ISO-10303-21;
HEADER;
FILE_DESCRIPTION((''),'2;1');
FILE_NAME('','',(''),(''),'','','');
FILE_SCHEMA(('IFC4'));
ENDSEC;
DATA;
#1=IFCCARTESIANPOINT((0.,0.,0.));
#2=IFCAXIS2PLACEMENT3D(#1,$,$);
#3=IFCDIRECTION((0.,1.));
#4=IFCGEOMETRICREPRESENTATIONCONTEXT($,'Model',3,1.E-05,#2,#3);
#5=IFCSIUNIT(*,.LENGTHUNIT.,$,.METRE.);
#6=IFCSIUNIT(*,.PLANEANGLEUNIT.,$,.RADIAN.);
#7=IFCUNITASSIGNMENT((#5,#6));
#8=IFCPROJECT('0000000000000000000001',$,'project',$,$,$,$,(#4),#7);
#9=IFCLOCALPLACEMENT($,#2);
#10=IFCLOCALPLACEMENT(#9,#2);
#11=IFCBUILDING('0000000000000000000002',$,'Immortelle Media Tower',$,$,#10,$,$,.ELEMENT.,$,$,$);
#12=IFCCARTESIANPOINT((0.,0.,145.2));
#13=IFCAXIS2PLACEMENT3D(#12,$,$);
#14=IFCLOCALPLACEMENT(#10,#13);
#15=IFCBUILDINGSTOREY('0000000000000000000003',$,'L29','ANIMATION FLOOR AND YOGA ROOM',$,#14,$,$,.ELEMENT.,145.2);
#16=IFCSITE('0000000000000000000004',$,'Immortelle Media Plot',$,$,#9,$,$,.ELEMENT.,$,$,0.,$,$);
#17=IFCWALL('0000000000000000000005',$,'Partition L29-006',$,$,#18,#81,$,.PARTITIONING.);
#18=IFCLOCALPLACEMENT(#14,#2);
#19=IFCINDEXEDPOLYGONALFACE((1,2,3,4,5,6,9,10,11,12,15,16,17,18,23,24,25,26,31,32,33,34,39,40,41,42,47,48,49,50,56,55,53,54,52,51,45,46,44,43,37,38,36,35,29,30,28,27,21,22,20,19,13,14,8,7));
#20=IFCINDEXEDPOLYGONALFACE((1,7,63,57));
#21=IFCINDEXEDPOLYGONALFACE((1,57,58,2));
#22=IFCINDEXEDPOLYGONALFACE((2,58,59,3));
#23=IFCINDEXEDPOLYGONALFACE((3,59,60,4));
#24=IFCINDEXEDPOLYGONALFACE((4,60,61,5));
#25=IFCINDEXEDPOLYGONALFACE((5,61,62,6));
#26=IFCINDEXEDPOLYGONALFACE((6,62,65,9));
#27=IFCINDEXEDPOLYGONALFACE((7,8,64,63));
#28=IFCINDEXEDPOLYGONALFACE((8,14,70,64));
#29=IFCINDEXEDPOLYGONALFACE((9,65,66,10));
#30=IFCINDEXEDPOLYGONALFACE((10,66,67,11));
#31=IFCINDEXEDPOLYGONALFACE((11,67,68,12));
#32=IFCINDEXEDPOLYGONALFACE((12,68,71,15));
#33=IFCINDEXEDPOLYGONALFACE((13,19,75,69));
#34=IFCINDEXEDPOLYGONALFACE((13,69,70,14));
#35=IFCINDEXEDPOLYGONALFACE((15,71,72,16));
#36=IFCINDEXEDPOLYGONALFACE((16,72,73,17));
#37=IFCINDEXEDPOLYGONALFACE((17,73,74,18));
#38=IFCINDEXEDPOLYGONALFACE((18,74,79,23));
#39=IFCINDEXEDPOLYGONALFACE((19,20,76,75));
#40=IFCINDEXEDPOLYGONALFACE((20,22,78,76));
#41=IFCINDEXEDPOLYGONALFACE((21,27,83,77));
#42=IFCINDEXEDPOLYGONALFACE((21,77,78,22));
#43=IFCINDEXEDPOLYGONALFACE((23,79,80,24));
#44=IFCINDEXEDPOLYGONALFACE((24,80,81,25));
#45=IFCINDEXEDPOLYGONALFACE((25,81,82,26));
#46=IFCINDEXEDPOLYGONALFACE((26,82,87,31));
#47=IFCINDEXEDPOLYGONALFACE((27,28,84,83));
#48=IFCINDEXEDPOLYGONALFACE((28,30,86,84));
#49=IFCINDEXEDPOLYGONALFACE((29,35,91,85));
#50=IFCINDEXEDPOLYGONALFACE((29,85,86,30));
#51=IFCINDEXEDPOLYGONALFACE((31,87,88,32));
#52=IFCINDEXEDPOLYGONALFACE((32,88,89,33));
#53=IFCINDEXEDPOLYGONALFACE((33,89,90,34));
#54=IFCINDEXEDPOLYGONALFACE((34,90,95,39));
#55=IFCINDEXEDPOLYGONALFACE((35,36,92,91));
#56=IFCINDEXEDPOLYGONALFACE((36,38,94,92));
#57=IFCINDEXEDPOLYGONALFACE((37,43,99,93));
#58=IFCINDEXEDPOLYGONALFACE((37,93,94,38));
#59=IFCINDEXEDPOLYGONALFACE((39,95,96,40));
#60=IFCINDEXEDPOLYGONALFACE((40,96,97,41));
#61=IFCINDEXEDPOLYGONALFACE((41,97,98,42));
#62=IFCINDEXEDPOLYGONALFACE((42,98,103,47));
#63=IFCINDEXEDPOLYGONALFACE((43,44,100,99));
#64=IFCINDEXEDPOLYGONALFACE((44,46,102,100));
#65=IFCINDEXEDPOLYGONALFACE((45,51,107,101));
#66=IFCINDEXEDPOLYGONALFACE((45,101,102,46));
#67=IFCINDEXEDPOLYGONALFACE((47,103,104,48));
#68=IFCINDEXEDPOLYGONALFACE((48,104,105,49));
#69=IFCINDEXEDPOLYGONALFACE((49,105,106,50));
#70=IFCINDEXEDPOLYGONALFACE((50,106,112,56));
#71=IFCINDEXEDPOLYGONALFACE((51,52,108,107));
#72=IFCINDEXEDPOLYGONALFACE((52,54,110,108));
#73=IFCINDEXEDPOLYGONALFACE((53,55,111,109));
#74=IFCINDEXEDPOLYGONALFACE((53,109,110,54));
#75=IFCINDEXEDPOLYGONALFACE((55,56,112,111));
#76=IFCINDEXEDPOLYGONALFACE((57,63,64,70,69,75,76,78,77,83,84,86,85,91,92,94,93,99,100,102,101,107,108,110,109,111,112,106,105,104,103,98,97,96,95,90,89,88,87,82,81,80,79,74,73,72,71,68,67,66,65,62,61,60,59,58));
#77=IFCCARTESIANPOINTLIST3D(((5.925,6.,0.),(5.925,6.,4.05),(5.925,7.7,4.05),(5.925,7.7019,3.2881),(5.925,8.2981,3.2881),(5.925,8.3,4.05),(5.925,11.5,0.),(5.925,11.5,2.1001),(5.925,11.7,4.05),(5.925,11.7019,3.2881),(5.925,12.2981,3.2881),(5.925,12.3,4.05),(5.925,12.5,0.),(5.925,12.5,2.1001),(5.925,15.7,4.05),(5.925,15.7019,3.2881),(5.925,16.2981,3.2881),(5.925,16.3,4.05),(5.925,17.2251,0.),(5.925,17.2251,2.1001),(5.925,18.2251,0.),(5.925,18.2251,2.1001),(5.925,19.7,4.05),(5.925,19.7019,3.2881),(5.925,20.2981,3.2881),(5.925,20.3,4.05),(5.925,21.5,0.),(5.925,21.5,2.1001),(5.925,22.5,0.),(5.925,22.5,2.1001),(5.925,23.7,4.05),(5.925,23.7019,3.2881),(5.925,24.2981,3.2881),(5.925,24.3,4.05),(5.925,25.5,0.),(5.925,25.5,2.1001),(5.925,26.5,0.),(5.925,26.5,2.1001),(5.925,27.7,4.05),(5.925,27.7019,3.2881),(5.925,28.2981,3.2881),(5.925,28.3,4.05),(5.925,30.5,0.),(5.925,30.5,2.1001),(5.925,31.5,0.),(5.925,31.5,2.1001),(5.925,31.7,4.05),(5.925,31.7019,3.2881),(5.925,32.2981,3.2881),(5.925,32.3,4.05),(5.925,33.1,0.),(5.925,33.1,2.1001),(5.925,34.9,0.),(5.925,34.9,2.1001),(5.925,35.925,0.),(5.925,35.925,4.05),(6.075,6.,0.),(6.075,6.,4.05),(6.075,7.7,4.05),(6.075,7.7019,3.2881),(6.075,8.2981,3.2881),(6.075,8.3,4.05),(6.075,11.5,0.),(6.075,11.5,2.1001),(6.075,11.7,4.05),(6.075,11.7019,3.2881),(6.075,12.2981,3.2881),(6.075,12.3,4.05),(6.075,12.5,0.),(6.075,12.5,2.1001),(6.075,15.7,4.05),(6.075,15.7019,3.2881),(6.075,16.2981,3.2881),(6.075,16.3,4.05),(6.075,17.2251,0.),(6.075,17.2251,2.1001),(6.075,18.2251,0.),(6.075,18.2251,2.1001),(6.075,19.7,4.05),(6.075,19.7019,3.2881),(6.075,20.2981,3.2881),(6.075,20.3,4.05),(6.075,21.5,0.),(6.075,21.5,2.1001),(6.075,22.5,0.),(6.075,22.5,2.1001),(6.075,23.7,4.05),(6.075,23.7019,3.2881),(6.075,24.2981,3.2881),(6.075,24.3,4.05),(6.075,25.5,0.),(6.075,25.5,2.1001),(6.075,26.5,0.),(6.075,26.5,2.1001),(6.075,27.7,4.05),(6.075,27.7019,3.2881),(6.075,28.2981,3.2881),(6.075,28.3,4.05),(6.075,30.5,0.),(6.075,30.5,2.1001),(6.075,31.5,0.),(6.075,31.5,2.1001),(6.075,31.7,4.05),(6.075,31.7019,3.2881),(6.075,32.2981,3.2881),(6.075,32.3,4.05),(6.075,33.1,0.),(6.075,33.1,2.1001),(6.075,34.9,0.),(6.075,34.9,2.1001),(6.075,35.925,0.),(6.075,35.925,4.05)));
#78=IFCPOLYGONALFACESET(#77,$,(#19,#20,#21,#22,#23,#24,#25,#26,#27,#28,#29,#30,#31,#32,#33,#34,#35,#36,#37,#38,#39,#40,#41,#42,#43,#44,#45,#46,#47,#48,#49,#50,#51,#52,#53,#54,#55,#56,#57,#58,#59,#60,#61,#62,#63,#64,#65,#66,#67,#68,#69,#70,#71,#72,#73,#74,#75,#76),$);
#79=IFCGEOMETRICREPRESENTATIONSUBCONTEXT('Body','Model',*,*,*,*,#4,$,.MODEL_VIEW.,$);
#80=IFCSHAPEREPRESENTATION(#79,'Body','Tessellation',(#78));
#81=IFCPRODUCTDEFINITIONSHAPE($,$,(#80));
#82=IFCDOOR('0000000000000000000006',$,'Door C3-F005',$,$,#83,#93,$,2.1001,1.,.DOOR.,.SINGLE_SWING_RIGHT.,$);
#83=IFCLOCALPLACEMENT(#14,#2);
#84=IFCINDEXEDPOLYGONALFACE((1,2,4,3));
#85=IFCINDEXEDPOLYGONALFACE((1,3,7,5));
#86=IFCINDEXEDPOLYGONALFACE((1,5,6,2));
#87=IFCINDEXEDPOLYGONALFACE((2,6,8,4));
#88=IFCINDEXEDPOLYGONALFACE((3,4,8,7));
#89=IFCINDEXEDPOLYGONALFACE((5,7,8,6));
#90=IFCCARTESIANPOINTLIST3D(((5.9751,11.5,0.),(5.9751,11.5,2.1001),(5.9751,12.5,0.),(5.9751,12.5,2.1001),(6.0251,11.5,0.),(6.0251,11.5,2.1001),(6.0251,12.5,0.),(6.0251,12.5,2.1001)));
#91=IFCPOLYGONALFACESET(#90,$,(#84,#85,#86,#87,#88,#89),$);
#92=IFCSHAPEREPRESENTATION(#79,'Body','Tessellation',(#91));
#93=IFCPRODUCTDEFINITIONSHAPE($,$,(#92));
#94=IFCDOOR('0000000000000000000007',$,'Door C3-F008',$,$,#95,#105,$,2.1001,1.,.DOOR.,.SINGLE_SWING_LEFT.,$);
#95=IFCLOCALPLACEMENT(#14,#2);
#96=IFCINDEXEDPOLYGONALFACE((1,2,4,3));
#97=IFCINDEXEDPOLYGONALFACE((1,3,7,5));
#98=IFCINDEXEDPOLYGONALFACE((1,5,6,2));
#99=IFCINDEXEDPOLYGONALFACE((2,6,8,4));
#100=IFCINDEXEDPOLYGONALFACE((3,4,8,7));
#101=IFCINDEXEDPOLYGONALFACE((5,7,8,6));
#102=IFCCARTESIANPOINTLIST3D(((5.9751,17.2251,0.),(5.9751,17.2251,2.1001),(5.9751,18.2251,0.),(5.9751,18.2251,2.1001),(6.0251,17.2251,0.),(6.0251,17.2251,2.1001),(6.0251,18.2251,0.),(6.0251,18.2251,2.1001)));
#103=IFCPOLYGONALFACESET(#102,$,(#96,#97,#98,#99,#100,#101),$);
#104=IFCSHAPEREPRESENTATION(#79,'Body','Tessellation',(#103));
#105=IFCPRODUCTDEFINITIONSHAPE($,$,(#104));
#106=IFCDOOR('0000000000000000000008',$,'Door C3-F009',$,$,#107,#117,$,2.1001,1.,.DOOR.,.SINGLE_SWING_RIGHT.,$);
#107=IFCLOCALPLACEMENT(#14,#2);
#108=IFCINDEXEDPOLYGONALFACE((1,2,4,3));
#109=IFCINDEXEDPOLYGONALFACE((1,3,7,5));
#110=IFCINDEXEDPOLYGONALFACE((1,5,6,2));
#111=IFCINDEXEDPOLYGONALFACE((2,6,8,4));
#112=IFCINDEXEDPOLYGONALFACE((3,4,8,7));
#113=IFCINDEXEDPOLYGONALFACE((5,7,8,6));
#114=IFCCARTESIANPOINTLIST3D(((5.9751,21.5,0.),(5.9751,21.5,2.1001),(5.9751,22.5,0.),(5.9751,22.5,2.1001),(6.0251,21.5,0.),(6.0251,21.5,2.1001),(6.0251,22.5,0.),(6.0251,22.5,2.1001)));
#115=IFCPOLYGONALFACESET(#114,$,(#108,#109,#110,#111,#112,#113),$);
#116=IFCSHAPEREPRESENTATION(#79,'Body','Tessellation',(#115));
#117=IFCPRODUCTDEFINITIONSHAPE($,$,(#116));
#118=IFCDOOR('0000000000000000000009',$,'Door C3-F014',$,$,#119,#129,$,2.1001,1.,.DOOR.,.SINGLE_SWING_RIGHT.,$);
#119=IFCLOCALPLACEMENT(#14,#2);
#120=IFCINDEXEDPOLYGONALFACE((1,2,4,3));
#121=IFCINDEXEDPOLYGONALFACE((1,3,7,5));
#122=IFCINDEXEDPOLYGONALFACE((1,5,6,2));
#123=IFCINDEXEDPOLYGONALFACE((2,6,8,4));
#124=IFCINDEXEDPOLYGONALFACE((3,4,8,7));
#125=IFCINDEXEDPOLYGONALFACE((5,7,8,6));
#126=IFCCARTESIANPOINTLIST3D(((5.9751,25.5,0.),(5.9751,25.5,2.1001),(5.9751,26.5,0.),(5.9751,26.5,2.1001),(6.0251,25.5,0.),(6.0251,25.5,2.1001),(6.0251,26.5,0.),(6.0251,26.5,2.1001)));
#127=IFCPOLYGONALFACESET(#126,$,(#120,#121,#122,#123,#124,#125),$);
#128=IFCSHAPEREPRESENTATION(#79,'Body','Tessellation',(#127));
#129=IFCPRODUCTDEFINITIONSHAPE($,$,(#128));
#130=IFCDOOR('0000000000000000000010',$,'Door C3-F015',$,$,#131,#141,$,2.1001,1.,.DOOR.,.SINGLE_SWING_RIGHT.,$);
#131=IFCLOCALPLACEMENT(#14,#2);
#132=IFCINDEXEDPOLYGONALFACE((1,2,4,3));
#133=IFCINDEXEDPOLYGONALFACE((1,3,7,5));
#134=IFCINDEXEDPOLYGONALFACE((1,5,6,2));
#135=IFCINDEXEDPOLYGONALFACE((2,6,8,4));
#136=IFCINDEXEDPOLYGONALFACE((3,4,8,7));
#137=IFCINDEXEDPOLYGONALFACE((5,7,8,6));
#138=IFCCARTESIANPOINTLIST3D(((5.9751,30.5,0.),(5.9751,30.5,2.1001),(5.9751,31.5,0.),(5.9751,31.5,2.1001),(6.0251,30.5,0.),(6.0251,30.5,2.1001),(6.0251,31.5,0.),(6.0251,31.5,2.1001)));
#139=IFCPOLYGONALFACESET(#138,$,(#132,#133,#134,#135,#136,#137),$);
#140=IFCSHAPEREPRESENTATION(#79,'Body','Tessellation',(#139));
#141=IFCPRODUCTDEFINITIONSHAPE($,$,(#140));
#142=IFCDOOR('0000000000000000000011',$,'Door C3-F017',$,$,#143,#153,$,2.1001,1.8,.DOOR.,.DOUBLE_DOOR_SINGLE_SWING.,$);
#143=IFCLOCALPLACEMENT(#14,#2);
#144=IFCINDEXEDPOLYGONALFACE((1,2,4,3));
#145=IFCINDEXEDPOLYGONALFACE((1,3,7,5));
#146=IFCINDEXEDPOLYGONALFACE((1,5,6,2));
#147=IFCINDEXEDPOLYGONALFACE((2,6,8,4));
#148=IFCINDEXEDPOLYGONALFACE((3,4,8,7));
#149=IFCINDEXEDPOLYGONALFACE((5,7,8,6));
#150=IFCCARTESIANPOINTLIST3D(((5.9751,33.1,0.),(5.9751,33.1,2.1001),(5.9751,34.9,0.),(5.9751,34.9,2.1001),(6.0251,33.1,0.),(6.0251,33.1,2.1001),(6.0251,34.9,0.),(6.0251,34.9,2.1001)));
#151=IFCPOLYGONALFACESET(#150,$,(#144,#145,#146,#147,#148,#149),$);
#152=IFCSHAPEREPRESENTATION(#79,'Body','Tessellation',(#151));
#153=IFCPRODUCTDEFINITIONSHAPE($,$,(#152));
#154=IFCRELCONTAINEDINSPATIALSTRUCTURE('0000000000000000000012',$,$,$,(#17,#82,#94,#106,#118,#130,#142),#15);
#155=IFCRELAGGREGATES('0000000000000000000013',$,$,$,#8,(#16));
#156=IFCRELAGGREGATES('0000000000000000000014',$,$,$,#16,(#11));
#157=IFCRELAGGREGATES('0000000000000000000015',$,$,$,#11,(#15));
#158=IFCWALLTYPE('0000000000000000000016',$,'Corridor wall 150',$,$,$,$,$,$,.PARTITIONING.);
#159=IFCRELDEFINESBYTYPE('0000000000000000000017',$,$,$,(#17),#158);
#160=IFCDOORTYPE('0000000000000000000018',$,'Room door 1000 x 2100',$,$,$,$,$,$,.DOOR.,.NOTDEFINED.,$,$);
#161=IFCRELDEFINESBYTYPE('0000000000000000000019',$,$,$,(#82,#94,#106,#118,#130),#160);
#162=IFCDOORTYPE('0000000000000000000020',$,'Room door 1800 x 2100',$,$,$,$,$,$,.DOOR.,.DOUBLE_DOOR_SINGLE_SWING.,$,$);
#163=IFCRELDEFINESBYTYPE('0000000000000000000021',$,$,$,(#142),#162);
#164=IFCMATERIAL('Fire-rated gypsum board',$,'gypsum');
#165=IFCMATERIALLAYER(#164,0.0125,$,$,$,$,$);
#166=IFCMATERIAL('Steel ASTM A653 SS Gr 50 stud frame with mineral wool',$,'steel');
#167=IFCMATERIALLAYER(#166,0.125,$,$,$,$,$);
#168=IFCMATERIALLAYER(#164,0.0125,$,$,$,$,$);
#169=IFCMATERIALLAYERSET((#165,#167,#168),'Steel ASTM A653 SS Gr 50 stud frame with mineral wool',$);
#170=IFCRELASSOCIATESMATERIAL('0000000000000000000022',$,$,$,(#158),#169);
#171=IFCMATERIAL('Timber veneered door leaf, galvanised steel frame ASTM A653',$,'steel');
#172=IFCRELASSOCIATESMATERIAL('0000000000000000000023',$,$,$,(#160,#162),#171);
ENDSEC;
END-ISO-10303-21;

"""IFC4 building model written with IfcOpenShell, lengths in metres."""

from ifc_helpers import new_model, si_unit, direction, frame, frame_2d, origin, place, context, subcontext, project, spatial, polyline, rectangle, outline, extrude, material, layer, layer_set, type_object, element, fill, save


model = new_model("IFC4")

# Units and contexts
model_context = context("Model", 3, precision=1e-05, world=origin(), true_north=direction((0.0, 1.0)))
body_context = subcontext(model_context, "Body", "Model", "MODEL_VIEW")
ifc_project = project(units=[si_unit("LENGTHUNIT", "METRE"), si_unit("PLANEANGLEUNIT", "RADIAN")], contexts=[model_context])

# Site, building, storey
site_placement = place(None, origin())
site = spatial("IfcSite", under=ifc_project, at=site_placement, Name="Immortelle Media Plot", CompositionType="ELEMENT", RefElevation=0.0)
building_placement = place(site_placement, origin())
building = spatial("IfcBuilding", under=site, at=building_placement, Name="Immortelle Media Tower", CompositionType="ELEMENT")
storey_placement = place(building_placement, frame((0.0, 0.0, 145.2)))
storey = spatial("IfcBuildingStorey", under=building, at=storey_placement, Name="L29", Description="ANIMATION FLOOR AND YOGA ROOM", CompositionType="ELEMENT", Elevation=145.2)

# Wall, openings, doors
ifc_material_1 = material(Name="Fire-rated gypsum board", Category="gypsum")
ifc_layer_1 = layer(ifc_material_1, 0.0125)
ifc_material_2 = material(Name="Steel ASTM A653 SS Gr 50 stud frame with mineral wool", Category="steel")
ifc_layer_2 = layer(ifc_material_2, 0.125)
ifc_layer_3 = layer(ifc_material_1, 0.0125)
ifc_layer_set_1 = layer_set([ifc_layer_1, ifc_layer_2, ifc_layer_3], Name="Steel ASTM A653 SS Gr 50 stud frame with mineral wool")
wall_type_1 = type_object("IfcWallType", Name="Corridor wall 150", PredefinedType="PARTITIONING", material=ifc_layer_set_1)
wall_1_placement = place(storey_placement, frame((6.0, 6.0, 0.0), z_axis=(0.0, 0.0, 1.0), x_axis=(0.0, 1.0, 0.0)))
wall_1 = element("IfcWall", 1, at=wall_1_placement, inside=storey, type_object=wall_type_1, Name="Partition L29-006", PredefinedType="PARTITIONING", context=body_context, shape_type="SweptSolid", body=[
    extrude(outline(polyline([(0.0, 0.0), (29.925, 0.0), (29.925, 4.05), (26.3, 4.05), (26.2981, 3.2881), (25.7019, 3.2881), (25.7, 4.05), (22.3, 4.05), (22.2981, 3.2881), (21.7019, 3.2881), (21.7, 4.05), (18.3, 4.05), (18.2981, 3.2881), (17.7019, 3.2881), (17.7, 4.05), (14.3, 4.05), (14.2981, 3.2881), (13.7019, 3.2881), (13.7, 4.05), (10.3, 4.05), (10.2981, 3.2881), (9.7019, 3.2881), (9.7, 4.05), (6.3, 4.05), (6.2981, 3.2881), (5.7019, 3.2881), (5.7, 4.05), (2.3, 4.05), (2.2981, 3.2881), (1.7019, 3.2881), (1.7, 4.05), (0.0, 4.05), (0.0, 0.0)])), frame((0.0, 0.075, 0.0), z_axis=(0.0, -1.0, 0.0), x_axis=(1.0, 0.0, 0.0)), (0.0, 0.0, 1.0), 0.1499),
])
opening_1_placement = place(wall_1_placement, frame((5.5, 0.0, 0.0)))
opening_1 = element("IfcOpeningElement", 2, at=opening_1_placement, cuts=wall_1, PredefinedType="OPENING", context=body_context, shape_type="SweptSolid", body=[
    extrude(rectangle(XDim=1.0, YDim=2.1001, at=frame_2d((0.5, 1.05))), frame((0.0, 0.085, 0.0), z_axis=(0.0, -1.0, 0.0), x_axis=(1.0, 0.0, 0.0)), (0.0, 0.0, 1.0), 0.1699),
])
opening_2_placement = place(wall_1_placement, frame((11.2251, 0.0, 0.0)))
opening_2 = element("IfcOpeningElement", 3, at=opening_2_placement, cuts=wall_1, PredefinedType="OPENING", context=body_context, shape_type="SweptSolid", body=[
    extrude(rectangle(XDim=1.0, YDim=2.1001, at=frame_2d((0.5, 1.05))), frame((0.0, 0.085, 0.0), z_axis=(0.0, -1.0, 0.0), x_axis=(1.0, 0.0, 0.0)), (0.0, 0.0, 1.0), 0.1699),
])
opening_3_placement = place(wall_1_placement, frame((15.5, 0.0, 0.0)))
opening_3 = element("IfcOpeningElement", 4, at=opening_3_placement, cuts=wall_1, PredefinedType="OPENING", context=body_context, shape_type="SweptSolid", body=[
    extrude(rectangle(XDim=1.0, YDim=2.1001, at=frame_2d((0.5, 1.05))), frame((0.0, 0.085, 0.0), z_axis=(0.0, -1.0, 0.0), x_axis=(1.0, 0.0, 0.0)), (0.0, 0.0, 1.0), 0.1699),
])
opening_4_placement = place(wall_1_placement, frame((19.5, 0.0, 0.0)))
opening_4 = element("IfcOpeningElement", 5, at=opening_4_placement, cuts=wall_1, PredefinedType="OPENING", context=body_context, shape_type="SweptSolid", body=[
    extrude(rectangle(XDim=1.0, YDim=2.1001, at=frame_2d((0.5, 1.05))), frame((0.0, 0.085, 0.0), z_axis=(0.0, -1.0, 0.0), x_axis=(1.0, 0.0, 0.0)), (0.0, 0.0, 1.0), 0.1699),
])
opening_5_placement = place(wall_1_placement, frame((24.5, 0.0, 0.0)))
opening_5 = element("IfcOpeningElement", 6, at=opening_5_placement, cuts=wall_1, PredefinedType="OPENING", context=body_context, shape_type="SweptSolid", body=[
    extrude(rectangle(XDim=1.0, YDim=2.1001, at=frame_2d((0.5, 1.05))), frame((0.0, 0.085, 0.0), z_axis=(0.0, -1.0, 0.0), x_axis=(1.0, 0.0, 0.0)), (0.0, 0.0, 1.0), 0.1699),
])
opening_6_placement = place(wall_1_placement, frame((27.1001, 0.0, 0.0)))
opening_6 = element("IfcOpeningElement", 7, at=opening_6_placement, cuts=wall_1, PredefinedType="OPENING", context=body_context, shape_type="SweptSolid", body=[
    extrude(rectangle(XDim=1.8, YDim=2.1001, at=frame_2d((0.8999, 1.05))), frame((0.0, 0.085, 0.0), z_axis=(0.0, -1.0, 0.0), x_axis=(1.0, 0.0, 0.0)), (0.0, 0.0, 1.0), 0.1699),
])
ifc_material_3 = material(Name="Timber veneered door leaf, galvanised steel frame ASTM A653", Category="steel")
door_type_1 = type_object("IfcDoorType", Name="Room door 1000 x 2100", OperationType="NOTDEFINED", PredefinedType="DOOR", material=ifc_material_3)
door_1_placement = place(opening_1_placement, origin())
door_1 = element("IfcDoor", 8, at=door_1_placement, inside=storey, type_object=door_type_1, Name="Door C3-F005", OperationType="SINGLE_SWING_RIGHT", OverallHeight=2.1001, OverallWidth=1.0, PredefinedType="DOOR", context=body_context, shape_type="SweptSolid", body=[
    extrude(rectangle(XDim=1.0, YDim=2.1001, at=frame_2d((0.5, 1.05))), frame((0.0, 0.0249, 0.0), z_axis=(0.0, -1.0, 0.0), x_axis=(1.0, 0.0, 0.0)), (0.0, 0.0, 1.0), 0.05),
])
fill(opening_1, door_1)
door_2_placement = place(opening_2_placement, origin())
door_2 = element("IfcDoor", 9, at=door_2_placement, inside=storey, type_object=door_type_1, Name="Door C3-F008", OperationType="SINGLE_SWING_LEFT", OverallHeight=2.1001, OverallWidth=1.0, PredefinedType="DOOR", context=body_context, shape_type="SweptSolid", body=[
    extrude(rectangle(XDim=1.0, YDim=2.1001, at=frame_2d((0.5, 1.05))), frame((0.0, 0.0249, 0.0), z_axis=(0.0, -1.0, 0.0), x_axis=(1.0, 0.0, 0.0)), (0.0, 0.0, 1.0), 0.05),
])
fill(opening_2, door_2)
door_3_placement = place(opening_3_placement, origin())
door_3 = element("IfcDoor", 10, at=door_3_placement, inside=storey, type_object=door_type_1, Name="Door C3-F009", OperationType="SINGLE_SWING_RIGHT", OverallHeight=2.1001, OverallWidth=1.0, PredefinedType="DOOR", context=body_context, shape_type="SweptSolid", body=[
    extrude(rectangle(XDim=1.0, YDim=2.1001, at=frame_2d((0.5, 1.05))), frame((0.0, 0.0249, 0.0), z_axis=(0.0, -1.0, 0.0), x_axis=(1.0, 0.0, 0.0)), (0.0, 0.0, 1.0), 0.05),
])
fill(opening_3, door_3)
door_4_placement = place(opening_4_placement, origin())
door_4 = element("IfcDoor", 11, at=door_4_placement, inside=storey, type_object=door_type_1, Name="Door C3-F014", OperationType="SINGLE_SWING_RIGHT", OverallHeight=2.1001, OverallWidth=1.0, PredefinedType="DOOR", context=body_context, shape_type="SweptSolid", body=[
    extrude(rectangle(XDim=1.0, YDim=2.1001, at=frame_2d((0.5, 1.05))), frame((0.0, 0.0249, 0.0), z_axis=(0.0, -1.0, 0.0), x_axis=(1.0, 0.0, 0.0)), (0.0, 0.0, 1.0), 0.05),
])
fill(opening_4, door_4)
door_5_placement = place(opening_5_placement, origin())
door_5 = element("IfcDoor", 12, at=door_5_placement, inside=storey, type_object=door_type_1, Name="Door C3-F015", OperationType="SINGLE_SWING_RIGHT", OverallHeight=2.1001, OverallWidth=1.0, PredefinedType="DOOR", context=body_context, shape_type="SweptSolid", body=[
    extrude(rectangle(XDim=1.0, YDim=2.1001, at=frame_2d((0.5, 1.05))), frame((0.0, 0.0249, 0.0), z_axis=(0.0, -1.0, 0.0), x_axis=(1.0, 0.0, 0.0)), (0.0, 0.0, 1.0), 0.05),
])
fill(opening_5, door_5)
door_type_2 = type_object("IfcDoorType", Name="Room door 1800 x 2100", OperationType="DOUBLE_DOOR_SINGLE_SWING", PredefinedType="DOOR", material=ifc_material_3)
door_6_placement = place(opening_6_placement, origin())
door_6 = element("IfcDoor", 13, at=door_6_placement, inside=storey, type_object=door_type_2, Name="Door C3-F017", OperationType="DOUBLE_DOOR_SINGLE_SWING", OverallHeight=2.1001, OverallWidth=1.8, PredefinedType="DOOR", context=body_context, shape_type="SweptSolid", body=[
    extrude(rectangle(XDim=1.8, YDim=2.1001, at=frame_2d((0.8999, 1.05))), frame((0.0, 0.0249, 0.0), z_axis=(0.0, -1.0, 0.0), x_axis=(1.0, 0.0, 0.0)), (0.0, 0.0, 1.0), 0.05),
])
fill(opening_6, door_6)

save(model, "model.ifc")
